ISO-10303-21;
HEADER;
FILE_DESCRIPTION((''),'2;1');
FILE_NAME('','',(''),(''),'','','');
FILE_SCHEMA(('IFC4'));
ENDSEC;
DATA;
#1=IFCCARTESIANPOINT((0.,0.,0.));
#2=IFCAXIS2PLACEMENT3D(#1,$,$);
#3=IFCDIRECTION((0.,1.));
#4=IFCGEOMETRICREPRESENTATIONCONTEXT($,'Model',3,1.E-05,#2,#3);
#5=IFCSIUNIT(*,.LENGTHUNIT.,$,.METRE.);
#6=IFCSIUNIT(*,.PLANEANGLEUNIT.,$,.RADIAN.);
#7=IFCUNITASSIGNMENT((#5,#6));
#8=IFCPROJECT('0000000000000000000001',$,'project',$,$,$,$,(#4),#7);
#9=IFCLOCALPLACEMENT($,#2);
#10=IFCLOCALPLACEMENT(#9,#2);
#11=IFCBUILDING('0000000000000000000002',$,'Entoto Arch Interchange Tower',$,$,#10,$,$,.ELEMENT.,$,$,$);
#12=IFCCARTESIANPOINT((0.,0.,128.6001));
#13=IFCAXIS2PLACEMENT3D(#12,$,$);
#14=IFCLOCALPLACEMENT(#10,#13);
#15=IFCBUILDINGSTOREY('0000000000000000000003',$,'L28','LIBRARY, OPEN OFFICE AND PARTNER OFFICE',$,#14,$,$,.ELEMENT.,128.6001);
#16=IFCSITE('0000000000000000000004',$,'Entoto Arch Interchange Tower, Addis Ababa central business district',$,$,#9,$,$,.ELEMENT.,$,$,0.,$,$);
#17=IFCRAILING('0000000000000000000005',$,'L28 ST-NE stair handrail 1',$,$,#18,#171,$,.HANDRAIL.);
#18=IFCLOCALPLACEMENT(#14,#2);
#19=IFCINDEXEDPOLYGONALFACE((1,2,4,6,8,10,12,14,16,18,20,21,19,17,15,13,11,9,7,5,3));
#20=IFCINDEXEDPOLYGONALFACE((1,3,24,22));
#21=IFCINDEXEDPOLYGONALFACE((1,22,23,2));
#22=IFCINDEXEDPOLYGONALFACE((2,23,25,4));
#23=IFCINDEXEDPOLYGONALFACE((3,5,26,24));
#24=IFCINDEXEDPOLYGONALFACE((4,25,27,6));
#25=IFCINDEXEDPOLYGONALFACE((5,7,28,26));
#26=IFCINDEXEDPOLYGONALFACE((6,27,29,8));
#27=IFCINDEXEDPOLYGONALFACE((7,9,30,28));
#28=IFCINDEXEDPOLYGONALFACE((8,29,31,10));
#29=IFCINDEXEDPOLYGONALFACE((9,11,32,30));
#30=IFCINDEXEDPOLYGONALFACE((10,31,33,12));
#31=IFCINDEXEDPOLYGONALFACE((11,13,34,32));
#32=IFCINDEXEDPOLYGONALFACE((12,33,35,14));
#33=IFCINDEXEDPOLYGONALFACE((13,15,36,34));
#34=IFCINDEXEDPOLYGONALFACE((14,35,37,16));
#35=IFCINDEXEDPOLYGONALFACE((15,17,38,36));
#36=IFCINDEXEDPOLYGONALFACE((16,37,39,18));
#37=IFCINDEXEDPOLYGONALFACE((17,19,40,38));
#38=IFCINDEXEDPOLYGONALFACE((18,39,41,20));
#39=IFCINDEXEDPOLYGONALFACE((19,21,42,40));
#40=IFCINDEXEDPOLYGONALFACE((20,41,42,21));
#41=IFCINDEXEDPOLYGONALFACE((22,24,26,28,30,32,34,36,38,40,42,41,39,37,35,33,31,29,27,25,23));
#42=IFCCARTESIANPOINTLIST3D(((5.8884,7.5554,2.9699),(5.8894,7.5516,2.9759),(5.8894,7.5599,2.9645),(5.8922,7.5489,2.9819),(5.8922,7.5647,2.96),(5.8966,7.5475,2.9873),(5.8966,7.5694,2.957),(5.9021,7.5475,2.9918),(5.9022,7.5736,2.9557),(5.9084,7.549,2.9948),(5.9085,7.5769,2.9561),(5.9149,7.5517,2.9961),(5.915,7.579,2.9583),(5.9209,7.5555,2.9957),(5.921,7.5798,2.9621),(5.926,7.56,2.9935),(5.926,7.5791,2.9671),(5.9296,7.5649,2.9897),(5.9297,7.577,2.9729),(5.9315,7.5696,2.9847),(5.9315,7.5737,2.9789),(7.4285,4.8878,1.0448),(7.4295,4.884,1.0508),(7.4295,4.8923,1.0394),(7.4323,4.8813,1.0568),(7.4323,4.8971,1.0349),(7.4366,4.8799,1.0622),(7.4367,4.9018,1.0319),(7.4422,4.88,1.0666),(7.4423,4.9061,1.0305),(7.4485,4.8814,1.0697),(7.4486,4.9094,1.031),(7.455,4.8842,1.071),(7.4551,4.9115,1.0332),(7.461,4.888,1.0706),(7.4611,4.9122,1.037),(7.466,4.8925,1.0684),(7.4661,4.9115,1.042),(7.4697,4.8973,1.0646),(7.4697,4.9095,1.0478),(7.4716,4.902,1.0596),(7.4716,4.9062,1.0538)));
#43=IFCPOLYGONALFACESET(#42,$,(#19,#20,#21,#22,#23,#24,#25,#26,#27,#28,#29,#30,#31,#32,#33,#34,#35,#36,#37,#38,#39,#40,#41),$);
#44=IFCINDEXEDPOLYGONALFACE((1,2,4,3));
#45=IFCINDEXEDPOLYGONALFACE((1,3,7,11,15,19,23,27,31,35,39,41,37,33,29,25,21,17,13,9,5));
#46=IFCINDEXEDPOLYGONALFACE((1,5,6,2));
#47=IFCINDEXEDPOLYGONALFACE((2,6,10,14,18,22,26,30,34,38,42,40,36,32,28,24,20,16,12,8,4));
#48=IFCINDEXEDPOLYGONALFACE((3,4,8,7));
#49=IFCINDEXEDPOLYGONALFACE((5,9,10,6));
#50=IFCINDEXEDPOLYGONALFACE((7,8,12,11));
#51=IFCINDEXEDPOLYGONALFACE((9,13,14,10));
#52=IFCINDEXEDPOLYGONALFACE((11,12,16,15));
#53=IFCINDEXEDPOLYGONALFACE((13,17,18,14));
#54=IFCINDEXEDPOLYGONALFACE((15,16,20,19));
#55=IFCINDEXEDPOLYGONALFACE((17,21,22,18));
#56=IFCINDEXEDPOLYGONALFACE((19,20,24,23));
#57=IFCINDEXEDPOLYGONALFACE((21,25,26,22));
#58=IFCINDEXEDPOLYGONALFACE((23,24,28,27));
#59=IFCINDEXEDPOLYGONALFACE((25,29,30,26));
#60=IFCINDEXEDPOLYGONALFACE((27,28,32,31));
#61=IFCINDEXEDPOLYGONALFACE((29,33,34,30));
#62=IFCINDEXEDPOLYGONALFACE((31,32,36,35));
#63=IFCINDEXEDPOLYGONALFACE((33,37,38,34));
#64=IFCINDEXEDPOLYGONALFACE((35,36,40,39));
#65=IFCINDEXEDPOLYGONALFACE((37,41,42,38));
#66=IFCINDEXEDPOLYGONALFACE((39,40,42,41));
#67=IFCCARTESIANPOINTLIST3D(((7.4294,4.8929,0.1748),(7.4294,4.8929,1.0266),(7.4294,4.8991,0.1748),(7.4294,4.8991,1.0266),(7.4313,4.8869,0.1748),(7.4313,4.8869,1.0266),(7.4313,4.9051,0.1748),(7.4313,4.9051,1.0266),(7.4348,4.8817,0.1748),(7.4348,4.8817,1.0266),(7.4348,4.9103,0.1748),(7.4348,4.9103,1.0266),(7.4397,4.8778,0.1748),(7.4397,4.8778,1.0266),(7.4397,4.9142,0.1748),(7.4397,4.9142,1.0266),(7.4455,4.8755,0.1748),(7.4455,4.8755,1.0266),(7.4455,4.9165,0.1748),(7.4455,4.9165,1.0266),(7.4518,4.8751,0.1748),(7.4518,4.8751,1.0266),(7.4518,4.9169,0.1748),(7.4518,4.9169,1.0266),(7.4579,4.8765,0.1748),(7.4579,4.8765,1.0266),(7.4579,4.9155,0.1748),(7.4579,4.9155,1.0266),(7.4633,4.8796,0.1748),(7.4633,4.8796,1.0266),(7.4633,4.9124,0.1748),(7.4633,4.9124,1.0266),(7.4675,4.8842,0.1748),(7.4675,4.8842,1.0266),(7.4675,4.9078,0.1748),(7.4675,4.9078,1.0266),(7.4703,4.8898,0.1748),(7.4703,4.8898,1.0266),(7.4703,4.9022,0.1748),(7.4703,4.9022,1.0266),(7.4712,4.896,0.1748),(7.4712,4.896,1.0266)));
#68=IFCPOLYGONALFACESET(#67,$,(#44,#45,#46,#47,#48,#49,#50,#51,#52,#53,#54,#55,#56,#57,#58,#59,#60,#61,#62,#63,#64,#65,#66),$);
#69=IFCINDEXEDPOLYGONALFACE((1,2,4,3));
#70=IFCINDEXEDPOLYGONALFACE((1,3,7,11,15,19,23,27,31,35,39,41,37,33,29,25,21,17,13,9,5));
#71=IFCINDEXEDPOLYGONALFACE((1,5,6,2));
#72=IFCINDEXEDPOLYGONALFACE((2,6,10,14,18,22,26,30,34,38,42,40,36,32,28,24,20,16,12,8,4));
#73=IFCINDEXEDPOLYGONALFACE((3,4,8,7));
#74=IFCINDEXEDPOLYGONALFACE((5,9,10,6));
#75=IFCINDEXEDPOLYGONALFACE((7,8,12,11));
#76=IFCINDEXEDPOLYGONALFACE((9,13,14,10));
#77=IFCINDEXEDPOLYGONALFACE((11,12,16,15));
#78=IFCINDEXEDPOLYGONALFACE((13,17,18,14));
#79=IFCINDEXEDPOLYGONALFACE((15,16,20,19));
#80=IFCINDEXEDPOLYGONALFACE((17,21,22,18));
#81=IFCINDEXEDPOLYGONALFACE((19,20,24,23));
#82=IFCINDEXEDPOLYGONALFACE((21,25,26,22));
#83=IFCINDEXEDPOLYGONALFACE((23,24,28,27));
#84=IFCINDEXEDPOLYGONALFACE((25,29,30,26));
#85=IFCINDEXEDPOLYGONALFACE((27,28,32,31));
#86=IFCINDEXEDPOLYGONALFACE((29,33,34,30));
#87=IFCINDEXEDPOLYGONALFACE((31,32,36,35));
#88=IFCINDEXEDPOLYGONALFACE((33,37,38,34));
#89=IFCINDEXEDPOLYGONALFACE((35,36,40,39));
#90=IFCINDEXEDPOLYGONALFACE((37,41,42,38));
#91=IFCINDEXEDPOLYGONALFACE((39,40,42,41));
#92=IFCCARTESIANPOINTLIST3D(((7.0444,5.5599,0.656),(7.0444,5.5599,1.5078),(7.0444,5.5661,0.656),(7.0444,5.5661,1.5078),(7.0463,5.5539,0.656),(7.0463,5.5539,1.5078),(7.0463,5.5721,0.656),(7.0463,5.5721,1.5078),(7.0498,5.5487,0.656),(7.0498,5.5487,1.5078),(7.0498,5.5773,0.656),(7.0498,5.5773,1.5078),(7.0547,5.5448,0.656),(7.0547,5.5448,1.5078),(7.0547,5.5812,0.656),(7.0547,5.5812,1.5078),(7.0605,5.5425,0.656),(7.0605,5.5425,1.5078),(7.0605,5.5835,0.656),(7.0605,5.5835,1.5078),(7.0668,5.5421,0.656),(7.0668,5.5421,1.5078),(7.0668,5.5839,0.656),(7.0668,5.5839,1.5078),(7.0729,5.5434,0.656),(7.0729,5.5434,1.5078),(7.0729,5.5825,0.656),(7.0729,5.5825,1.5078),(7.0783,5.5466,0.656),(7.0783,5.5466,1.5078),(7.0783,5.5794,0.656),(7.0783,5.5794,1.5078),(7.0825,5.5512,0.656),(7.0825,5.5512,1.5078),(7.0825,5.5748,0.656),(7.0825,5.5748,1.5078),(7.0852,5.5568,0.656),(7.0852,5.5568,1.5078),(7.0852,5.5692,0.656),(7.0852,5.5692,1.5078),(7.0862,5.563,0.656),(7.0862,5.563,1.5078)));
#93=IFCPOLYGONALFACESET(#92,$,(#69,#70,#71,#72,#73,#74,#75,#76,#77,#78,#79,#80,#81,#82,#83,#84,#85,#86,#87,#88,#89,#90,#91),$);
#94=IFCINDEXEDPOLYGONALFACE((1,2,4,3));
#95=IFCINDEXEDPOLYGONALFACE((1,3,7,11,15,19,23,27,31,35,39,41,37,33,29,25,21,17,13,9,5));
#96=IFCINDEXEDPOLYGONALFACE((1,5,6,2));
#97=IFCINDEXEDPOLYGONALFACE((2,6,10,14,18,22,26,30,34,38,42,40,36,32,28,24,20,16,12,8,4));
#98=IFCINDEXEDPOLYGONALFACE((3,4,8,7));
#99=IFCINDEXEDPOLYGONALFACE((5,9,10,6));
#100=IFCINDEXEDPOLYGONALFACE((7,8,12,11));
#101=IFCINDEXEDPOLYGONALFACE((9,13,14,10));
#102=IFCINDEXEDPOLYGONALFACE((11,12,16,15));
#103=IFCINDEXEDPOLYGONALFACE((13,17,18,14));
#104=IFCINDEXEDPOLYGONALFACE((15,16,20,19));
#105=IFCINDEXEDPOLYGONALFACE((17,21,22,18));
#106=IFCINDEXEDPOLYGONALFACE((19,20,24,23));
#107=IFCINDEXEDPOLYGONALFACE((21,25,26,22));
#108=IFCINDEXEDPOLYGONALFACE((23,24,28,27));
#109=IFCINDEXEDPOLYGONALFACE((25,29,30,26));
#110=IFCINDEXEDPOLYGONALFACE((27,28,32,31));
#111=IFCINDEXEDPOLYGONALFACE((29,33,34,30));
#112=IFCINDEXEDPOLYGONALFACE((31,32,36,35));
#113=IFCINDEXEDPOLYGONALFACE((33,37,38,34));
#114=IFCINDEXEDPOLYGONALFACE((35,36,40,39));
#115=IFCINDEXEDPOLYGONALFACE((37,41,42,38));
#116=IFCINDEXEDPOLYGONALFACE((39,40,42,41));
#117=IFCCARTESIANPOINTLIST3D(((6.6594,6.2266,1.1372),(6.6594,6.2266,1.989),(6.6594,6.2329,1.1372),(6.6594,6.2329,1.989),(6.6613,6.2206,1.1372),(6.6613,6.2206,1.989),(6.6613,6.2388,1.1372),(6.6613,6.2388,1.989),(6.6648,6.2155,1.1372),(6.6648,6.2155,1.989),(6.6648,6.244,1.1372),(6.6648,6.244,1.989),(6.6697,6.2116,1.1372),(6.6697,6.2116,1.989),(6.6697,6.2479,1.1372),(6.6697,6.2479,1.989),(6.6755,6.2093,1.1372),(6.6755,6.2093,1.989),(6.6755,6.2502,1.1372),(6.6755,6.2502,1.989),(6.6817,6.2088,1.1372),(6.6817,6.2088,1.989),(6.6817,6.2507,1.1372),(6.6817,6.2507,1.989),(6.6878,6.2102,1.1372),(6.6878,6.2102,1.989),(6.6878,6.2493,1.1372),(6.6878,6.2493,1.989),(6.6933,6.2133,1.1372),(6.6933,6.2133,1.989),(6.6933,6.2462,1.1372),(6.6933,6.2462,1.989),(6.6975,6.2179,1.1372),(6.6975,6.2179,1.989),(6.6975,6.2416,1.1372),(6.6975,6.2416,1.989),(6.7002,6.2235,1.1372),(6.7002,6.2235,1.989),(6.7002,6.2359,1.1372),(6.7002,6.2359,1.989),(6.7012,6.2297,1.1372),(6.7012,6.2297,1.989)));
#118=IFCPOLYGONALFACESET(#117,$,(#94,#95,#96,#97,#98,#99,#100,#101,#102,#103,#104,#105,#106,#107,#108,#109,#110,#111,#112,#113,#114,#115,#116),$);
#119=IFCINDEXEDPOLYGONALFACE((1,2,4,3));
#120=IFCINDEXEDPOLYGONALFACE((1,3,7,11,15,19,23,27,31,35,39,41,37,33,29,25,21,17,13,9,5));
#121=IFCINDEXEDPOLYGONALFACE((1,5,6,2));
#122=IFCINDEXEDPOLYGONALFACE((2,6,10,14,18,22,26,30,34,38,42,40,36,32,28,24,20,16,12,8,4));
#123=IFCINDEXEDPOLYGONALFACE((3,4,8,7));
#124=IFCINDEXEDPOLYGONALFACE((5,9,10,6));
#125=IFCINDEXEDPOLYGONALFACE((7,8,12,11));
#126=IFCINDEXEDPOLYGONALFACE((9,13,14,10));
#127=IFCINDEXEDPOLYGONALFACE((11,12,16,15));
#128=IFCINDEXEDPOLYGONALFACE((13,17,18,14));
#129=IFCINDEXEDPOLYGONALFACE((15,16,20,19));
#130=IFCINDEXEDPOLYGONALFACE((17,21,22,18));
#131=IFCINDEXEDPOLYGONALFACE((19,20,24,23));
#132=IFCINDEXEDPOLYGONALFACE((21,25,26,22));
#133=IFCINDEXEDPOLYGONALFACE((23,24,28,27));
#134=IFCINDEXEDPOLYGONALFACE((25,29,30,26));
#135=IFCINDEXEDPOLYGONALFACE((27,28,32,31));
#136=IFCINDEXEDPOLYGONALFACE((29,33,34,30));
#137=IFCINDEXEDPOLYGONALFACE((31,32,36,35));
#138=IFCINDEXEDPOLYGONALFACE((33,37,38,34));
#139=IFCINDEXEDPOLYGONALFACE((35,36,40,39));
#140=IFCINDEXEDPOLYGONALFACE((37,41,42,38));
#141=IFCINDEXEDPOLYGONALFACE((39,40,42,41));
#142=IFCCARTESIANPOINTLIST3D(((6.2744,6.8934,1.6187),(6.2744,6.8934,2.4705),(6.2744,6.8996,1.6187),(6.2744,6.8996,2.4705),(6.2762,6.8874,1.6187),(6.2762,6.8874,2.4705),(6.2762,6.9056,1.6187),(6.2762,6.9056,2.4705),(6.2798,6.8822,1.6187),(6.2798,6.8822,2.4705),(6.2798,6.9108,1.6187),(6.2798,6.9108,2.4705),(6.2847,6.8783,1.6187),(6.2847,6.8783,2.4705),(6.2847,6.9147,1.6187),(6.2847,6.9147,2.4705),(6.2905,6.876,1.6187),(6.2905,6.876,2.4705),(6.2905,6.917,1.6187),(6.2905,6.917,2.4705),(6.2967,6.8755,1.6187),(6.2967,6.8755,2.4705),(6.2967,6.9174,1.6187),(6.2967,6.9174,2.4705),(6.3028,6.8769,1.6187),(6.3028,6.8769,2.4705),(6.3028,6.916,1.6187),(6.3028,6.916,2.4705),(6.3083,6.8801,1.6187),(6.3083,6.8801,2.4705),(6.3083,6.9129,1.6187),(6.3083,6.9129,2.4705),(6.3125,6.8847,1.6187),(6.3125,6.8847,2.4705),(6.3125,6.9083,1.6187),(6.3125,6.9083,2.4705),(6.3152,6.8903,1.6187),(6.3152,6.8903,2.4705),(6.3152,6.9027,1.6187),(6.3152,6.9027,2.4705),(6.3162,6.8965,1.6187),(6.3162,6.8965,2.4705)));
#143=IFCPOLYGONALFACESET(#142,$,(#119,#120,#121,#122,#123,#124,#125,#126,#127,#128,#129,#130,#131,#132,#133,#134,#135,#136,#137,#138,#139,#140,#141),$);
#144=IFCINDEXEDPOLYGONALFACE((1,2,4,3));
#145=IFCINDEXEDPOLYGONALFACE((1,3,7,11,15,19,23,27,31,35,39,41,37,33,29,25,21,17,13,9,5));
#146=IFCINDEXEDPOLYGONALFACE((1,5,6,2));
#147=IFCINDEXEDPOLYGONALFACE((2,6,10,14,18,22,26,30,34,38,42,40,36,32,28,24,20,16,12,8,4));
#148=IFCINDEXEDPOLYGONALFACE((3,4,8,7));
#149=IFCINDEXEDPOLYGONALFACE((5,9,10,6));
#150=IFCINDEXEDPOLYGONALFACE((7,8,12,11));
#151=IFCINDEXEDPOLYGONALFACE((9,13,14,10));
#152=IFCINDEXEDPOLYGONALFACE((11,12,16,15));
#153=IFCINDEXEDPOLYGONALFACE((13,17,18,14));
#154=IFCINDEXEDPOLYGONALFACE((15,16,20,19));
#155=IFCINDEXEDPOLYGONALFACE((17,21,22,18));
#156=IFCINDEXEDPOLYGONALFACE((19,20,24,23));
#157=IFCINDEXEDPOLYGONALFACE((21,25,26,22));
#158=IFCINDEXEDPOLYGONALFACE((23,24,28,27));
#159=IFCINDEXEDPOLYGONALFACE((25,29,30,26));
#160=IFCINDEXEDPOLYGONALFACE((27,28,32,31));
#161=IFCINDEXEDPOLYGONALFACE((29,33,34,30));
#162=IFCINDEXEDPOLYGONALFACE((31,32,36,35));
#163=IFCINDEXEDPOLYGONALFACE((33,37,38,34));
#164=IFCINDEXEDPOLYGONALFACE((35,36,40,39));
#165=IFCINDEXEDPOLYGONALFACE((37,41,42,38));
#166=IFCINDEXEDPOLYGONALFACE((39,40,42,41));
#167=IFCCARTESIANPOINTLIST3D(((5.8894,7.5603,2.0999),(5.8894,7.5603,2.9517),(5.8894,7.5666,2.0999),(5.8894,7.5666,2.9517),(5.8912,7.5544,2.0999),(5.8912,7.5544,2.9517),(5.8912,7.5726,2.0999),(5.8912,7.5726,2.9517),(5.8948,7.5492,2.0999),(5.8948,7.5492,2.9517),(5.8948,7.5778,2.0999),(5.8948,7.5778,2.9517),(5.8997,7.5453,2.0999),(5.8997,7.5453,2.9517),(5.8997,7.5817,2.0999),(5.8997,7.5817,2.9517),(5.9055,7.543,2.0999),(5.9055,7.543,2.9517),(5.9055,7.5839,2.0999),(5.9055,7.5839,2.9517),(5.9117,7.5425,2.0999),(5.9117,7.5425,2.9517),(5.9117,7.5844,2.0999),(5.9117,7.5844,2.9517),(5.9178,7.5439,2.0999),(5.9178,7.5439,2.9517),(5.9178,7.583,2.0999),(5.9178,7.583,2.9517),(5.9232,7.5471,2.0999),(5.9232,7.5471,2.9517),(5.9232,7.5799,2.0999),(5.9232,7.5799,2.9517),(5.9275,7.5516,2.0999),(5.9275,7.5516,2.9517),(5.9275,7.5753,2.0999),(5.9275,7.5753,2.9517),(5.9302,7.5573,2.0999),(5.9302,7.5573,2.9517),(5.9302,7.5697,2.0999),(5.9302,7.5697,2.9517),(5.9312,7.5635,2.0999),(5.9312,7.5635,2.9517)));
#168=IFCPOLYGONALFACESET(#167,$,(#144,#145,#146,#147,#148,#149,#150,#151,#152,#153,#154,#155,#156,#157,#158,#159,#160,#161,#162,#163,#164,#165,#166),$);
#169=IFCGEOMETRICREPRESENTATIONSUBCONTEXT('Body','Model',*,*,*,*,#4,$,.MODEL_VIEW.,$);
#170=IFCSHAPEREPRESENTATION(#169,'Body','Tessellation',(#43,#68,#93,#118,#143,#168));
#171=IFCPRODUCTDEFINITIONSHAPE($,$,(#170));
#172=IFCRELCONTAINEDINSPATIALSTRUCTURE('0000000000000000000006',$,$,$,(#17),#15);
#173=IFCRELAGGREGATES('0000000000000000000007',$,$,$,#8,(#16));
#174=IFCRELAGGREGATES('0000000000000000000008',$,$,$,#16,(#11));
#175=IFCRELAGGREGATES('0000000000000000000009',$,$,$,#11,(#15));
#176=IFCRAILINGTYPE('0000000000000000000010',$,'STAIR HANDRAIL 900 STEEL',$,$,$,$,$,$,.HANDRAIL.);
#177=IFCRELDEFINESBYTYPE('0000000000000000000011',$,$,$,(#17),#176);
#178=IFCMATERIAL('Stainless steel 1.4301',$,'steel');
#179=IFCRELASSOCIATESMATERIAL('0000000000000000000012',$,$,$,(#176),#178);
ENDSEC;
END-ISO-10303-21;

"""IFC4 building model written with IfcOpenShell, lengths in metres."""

from ifc_helpers import new_model, si_unit, direction, frame, origin, origin_2d, place, context, subcontext, project, spatial, circle, extrude, material, type_object, element, save


model = new_model("IFC4")

# Units and contexts
model_context = context("Model", 3, precision=1e-05, world=origin(), true_north=direction((0.0, 1.0)))
body_context = subcontext(model_context, "Body", "Model", "MODEL_VIEW")
ifc_project = project(units=[si_unit("LENGTHUNIT", "METRE"), si_unit("PLANEANGLEUNIT", "RADIAN")], contexts=[model_context])

# Site, building, storey
site_placement = place(None, origin())
site = spatial("IfcSite", under=ifc_project, at=site_placement, Name="Entoto Arch Interchange Tower, Addis Ababa central business district", CompositionType="ELEMENT", RefElevation=0.0)
building_placement = place(site_placement, origin())
building = spatial("IfcBuilding", under=site, at=building_placement, Name="Entoto Arch Interchange Tower", CompositionType="ELEMENT")
storey_placement = place(building_placement, frame((0.0, 0.0, 128.6001)))
storey = spatial("IfcBuildingStorey", under=building, at=storey_placement, Name="L28", Description="LIBRARY, OPEN OFFICE AND PARTNER OFFICE", CompositionType="ELEMENT", Elevation=128.6001)

# Railing
ifc_material_1 = material(Name="Stainless steel 1.4301", Category="steel")
railing_type_1 = type_object("IfcRailingType", Name="STAIR HANDRAIL 900 STEEL", PredefinedType="HANDRAIL", material=ifc_material_1)
railing_1_placement = place(storey_placement, frame((7.4502, 4.896, 0.1748)))
element("IfcRailing", 1, at=railing_1_placement, inside=storey, type_object=railing_type_1, Name="L28 ST-NE stair handrail 1", PredefinedType="HANDRAIL", context=body_context, shape_type="SweptSolid", body=[
    extrude(circle(Radius=0.0239, at=origin_2d()), frame((0.0, 0.0, 0.876), z_axis=(-0.423994, 0.734395, 0.529993), x_axis=(-0.86603, -0.499992, 0.0)), (0.0, 0.0, 1.0), 3.6323),
    extrude(circle(Radius=0.021, at=origin_2d()), origin(), (0.0, 0.0, 1.0), 0.8518),
    extrude(circle(Radius=0.021, at=origin_2d()), frame((-0.385, 0.667, 0.4812)), (0.0, 0.0, 1.0), 0.8518),
    extrude(circle(Radius=0.021, at=origin_2d()), frame((-0.77, 1.3337, 0.9624)), (0.0, 0.0, 1.0), 0.8518),
    extrude(circle(Radius=0.021, at=origin_2d()), frame((-1.155, 2.0005, 1.4438)), (0.0, 0.0, 1.0), 0.8518),
    extrude(circle(Radius=0.021, at=origin_2d()), frame((-1.54, 2.6675, 1.925)), (0.0, 0.0, 1.0), 0.8518),
])

save(model, "model.ifc")
